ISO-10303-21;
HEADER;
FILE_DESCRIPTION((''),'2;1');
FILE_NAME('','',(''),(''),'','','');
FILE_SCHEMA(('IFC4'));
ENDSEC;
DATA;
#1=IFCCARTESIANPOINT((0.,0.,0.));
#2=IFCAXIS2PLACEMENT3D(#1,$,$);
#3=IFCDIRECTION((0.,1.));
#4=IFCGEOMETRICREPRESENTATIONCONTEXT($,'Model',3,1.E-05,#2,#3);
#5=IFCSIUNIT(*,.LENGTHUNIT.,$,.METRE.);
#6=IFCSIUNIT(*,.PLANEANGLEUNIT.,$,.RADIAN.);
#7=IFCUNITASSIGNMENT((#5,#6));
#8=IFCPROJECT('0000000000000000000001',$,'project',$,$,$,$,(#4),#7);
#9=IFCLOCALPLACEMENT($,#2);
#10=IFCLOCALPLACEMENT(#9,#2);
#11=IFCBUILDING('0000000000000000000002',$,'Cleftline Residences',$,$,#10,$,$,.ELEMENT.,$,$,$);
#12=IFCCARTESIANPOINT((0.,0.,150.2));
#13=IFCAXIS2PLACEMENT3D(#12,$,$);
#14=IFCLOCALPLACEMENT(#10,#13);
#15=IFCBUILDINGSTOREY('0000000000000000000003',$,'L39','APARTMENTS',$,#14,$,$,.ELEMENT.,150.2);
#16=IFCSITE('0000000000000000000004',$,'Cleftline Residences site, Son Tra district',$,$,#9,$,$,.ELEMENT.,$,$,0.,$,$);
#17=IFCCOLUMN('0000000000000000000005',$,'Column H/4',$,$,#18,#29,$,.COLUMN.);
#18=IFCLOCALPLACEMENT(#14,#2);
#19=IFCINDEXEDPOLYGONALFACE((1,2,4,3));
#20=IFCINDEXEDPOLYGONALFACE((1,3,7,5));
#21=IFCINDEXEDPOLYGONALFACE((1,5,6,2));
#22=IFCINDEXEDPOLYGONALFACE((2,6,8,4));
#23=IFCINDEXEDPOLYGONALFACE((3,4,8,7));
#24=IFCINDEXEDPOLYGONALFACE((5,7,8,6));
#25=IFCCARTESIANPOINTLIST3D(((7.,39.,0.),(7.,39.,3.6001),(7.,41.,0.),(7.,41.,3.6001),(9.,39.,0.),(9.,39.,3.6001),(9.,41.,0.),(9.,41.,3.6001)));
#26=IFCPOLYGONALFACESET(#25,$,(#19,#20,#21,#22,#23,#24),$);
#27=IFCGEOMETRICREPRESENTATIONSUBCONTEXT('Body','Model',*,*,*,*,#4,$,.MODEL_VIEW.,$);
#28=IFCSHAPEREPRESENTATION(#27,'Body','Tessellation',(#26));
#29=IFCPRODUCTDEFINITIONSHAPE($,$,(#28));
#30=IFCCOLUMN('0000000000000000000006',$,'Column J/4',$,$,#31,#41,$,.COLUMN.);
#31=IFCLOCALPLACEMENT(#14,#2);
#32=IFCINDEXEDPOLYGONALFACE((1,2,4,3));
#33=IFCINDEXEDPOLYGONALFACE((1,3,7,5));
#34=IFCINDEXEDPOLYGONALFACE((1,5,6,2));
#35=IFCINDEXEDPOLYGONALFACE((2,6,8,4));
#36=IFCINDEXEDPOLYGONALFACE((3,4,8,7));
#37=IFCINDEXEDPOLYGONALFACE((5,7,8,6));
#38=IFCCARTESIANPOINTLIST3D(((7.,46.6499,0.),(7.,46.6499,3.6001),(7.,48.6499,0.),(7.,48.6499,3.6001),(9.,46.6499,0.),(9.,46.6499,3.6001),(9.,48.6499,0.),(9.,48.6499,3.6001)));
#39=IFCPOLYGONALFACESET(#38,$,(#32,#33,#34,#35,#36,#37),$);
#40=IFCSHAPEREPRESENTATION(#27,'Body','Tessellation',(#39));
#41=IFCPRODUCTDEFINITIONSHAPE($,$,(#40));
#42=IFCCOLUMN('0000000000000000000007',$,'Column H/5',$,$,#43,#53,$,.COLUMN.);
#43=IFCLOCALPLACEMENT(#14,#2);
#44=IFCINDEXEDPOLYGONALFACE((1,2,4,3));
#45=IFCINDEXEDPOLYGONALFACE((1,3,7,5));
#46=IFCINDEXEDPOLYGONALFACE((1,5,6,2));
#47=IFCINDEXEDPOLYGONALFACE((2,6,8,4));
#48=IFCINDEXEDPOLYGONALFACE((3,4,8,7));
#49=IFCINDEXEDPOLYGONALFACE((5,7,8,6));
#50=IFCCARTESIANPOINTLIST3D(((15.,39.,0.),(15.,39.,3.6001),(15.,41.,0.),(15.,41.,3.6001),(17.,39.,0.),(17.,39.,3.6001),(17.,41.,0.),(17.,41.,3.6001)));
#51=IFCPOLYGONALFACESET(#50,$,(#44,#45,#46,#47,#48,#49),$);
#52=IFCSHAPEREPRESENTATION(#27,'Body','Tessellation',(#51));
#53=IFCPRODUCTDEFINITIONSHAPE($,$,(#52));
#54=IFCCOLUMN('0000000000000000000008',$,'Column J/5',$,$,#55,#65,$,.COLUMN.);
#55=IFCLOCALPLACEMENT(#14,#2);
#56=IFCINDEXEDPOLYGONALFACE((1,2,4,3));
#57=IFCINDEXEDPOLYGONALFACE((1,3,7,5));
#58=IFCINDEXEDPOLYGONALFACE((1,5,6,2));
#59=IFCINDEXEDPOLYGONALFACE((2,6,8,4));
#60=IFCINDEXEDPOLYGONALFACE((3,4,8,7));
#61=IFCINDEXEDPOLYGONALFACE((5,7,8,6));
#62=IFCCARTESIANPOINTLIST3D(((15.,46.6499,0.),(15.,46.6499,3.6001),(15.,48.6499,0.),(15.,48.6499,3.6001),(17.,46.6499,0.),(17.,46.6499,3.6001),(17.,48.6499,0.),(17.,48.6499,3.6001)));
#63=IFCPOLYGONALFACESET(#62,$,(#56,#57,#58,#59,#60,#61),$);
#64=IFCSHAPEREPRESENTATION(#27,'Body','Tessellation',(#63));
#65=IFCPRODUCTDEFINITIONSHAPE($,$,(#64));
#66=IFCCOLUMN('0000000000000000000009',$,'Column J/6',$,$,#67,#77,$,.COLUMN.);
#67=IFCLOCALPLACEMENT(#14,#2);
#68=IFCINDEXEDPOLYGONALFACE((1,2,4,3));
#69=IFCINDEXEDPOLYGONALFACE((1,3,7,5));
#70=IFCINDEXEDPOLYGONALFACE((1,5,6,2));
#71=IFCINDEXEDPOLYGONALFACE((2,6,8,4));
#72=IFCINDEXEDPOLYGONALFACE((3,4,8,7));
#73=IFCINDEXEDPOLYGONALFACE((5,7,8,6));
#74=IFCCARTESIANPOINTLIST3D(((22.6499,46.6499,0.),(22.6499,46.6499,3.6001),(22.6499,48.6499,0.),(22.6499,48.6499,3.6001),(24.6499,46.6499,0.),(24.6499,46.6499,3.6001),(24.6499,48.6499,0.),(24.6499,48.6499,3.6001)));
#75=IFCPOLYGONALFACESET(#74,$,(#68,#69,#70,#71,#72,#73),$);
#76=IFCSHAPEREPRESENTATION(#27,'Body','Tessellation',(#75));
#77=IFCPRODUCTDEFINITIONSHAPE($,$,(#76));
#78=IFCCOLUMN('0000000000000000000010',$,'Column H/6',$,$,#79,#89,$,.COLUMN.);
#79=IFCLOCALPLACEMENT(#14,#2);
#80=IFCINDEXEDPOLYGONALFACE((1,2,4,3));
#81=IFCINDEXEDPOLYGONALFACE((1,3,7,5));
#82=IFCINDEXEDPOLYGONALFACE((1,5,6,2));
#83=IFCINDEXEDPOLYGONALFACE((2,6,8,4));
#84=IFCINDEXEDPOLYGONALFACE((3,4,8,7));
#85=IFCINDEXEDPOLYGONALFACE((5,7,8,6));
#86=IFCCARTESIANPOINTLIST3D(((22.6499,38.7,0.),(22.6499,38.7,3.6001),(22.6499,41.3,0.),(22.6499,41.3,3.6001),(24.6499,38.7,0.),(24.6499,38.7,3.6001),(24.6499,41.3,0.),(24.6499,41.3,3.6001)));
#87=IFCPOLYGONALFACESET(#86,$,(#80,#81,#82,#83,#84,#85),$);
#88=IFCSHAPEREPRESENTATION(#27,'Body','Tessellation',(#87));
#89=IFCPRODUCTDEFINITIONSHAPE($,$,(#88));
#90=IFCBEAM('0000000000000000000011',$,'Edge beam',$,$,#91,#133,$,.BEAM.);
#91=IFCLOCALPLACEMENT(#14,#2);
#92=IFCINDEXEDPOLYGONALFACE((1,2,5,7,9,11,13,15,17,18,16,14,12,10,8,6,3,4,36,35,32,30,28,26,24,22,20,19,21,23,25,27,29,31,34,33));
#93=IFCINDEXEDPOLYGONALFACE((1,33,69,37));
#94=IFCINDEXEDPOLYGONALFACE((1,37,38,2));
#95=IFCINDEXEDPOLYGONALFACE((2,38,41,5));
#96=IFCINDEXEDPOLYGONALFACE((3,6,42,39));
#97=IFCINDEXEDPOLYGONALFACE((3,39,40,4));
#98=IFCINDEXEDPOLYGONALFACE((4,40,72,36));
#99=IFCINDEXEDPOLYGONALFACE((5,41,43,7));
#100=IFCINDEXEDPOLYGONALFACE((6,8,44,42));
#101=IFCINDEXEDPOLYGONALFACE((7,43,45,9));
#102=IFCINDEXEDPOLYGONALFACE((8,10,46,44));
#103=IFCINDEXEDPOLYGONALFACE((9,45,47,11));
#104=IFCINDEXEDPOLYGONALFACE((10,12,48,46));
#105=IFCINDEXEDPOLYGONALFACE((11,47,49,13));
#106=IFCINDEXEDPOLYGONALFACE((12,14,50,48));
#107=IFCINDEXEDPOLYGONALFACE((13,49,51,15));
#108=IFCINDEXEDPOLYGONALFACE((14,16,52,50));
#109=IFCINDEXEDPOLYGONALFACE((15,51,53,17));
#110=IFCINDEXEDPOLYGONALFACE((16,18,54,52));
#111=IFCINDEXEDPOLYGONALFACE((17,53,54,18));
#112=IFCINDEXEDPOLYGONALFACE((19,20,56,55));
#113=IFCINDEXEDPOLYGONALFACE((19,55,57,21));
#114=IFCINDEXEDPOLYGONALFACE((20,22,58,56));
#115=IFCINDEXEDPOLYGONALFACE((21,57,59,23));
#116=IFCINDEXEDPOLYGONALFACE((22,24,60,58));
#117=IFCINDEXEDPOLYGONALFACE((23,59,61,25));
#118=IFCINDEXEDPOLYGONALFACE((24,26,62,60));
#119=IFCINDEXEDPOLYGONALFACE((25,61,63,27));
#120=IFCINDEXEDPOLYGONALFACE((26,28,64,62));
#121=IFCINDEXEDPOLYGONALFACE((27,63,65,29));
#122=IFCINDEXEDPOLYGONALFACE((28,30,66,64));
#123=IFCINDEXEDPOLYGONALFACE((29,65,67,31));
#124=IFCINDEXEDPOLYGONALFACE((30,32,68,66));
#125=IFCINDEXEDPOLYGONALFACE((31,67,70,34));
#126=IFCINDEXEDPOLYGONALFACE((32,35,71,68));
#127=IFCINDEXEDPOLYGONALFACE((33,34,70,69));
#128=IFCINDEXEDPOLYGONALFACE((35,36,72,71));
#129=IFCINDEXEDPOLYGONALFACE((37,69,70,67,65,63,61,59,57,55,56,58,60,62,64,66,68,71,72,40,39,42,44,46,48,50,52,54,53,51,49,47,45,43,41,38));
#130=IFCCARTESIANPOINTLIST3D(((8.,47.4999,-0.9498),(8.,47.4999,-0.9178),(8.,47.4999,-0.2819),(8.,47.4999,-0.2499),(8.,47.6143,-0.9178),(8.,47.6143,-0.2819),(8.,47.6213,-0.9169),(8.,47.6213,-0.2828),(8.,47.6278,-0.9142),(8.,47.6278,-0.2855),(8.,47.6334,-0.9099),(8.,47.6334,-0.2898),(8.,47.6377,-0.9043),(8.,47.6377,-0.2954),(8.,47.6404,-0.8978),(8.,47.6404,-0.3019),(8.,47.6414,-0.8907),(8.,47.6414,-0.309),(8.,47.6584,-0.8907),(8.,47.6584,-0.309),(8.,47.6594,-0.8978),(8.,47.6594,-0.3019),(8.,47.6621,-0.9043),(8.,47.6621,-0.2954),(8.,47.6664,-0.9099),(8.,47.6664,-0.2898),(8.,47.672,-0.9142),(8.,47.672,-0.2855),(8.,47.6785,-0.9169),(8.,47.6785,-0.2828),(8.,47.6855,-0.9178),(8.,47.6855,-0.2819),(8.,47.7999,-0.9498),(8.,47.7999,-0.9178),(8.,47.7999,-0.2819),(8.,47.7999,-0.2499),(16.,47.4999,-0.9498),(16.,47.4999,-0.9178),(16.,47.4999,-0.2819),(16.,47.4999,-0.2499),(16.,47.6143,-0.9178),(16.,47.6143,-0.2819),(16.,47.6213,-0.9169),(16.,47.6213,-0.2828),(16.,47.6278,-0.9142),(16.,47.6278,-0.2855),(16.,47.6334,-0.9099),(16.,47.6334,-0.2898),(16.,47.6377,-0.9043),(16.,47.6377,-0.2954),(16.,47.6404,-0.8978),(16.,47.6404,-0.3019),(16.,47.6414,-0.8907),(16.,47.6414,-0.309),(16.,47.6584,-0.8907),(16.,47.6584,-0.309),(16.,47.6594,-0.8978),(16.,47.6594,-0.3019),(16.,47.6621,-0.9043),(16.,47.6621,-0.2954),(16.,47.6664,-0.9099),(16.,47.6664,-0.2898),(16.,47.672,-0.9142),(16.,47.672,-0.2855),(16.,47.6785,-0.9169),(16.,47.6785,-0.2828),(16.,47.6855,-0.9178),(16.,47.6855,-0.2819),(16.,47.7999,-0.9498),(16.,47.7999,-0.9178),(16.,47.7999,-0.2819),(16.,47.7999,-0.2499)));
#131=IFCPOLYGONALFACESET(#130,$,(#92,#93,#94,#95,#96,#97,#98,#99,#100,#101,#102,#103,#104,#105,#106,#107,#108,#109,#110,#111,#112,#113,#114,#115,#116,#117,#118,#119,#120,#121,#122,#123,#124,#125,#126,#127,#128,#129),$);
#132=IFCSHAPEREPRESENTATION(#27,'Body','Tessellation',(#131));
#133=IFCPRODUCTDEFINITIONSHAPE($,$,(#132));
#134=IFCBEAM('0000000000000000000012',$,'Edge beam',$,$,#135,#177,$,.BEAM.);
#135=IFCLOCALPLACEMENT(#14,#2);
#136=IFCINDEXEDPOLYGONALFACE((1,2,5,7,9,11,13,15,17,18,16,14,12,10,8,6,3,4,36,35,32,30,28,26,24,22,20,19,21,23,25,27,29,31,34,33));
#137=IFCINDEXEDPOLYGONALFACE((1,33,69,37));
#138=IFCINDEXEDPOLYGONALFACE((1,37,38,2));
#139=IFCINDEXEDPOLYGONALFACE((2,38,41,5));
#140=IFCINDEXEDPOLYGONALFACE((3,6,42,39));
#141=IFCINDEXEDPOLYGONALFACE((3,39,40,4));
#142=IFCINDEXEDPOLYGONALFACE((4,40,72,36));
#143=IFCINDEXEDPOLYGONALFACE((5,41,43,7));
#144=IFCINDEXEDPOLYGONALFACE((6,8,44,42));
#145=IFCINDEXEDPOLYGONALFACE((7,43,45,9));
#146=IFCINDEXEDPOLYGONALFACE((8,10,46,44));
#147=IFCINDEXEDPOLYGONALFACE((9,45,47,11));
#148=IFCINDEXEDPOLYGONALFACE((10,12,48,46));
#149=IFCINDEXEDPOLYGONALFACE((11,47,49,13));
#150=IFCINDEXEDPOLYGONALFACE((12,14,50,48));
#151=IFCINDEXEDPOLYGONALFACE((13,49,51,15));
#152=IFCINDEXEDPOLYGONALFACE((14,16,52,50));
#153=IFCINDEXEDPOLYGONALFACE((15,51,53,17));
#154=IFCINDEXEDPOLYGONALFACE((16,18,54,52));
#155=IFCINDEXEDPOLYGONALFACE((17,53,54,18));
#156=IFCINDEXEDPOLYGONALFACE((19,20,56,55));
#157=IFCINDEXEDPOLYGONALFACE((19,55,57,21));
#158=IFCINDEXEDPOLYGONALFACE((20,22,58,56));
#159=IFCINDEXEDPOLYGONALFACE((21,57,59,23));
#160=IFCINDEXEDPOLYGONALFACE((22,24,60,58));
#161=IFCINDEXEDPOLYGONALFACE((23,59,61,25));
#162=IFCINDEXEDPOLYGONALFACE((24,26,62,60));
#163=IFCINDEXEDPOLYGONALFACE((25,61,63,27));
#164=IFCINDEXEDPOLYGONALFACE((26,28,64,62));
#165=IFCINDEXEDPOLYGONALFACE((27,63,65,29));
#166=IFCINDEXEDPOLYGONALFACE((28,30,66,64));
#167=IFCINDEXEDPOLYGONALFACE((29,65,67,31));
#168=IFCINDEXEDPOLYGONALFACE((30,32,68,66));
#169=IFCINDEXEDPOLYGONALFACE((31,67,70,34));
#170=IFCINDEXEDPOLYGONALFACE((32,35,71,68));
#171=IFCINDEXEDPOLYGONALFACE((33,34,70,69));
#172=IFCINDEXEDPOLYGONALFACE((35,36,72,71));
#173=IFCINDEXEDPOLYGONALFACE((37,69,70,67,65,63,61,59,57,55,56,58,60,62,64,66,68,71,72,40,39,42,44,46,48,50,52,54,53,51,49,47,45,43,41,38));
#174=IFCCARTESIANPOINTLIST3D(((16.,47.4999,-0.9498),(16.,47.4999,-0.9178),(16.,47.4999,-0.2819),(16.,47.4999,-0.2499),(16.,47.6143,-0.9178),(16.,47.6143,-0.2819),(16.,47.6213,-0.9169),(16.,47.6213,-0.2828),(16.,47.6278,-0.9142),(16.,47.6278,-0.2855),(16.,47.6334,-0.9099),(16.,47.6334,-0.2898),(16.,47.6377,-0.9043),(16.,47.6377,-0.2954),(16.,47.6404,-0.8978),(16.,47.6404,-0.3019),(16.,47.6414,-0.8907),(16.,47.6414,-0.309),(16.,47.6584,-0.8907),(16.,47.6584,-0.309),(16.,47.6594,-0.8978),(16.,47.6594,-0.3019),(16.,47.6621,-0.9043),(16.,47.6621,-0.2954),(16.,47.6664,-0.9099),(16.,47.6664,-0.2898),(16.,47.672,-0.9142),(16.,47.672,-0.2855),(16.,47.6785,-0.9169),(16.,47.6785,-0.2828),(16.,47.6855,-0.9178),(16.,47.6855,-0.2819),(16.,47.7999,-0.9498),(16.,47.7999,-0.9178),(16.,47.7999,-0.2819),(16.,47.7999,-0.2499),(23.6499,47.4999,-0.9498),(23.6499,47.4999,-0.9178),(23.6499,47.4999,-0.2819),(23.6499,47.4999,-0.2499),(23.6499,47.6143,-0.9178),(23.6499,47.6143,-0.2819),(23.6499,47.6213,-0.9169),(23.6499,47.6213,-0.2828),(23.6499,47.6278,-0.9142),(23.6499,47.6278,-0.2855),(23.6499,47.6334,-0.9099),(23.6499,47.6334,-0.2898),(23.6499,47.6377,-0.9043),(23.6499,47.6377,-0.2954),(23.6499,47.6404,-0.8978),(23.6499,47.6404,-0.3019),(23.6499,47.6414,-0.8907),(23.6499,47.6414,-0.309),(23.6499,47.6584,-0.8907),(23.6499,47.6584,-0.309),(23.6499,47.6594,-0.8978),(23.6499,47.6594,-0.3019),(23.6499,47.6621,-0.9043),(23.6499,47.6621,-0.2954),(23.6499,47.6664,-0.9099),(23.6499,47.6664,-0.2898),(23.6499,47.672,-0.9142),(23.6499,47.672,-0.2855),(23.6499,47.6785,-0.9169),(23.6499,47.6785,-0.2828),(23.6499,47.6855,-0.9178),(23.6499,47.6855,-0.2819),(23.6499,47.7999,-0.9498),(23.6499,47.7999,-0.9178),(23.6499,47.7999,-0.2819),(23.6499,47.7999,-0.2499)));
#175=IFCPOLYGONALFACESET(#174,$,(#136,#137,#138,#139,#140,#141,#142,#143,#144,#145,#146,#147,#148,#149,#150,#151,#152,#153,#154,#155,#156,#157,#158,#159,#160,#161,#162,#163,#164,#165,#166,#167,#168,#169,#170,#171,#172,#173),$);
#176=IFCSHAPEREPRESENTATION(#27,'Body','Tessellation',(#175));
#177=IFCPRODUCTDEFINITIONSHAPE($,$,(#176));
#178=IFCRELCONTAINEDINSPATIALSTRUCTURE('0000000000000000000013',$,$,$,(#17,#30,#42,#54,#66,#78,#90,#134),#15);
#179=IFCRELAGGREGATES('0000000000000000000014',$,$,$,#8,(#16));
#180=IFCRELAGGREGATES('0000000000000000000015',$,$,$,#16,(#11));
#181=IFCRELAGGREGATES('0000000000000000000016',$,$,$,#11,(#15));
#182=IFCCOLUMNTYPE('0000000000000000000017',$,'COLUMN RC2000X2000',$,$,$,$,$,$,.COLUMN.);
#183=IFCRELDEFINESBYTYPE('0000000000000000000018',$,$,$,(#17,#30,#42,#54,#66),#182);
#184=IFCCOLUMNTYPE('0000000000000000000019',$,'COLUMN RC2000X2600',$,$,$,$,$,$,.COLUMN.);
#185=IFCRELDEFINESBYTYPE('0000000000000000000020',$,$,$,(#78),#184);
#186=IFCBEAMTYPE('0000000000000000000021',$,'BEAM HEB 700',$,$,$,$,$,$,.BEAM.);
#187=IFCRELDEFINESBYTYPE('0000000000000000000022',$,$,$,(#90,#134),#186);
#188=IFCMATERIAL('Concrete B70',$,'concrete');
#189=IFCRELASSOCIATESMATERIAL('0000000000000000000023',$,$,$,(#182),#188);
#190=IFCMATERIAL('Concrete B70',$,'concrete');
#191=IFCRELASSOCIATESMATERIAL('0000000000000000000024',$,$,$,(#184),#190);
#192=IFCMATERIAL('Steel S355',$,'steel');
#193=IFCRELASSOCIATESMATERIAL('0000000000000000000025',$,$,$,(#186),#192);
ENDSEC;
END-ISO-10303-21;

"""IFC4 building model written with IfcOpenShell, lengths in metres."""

from ifc_helpers import new_model, si_unit, direction, frame, origin, origin_2d, place, context, subcontext, project, spatial, rectangle, i_section, extrude, material, material_profile, profile_set, type_object, element, save


model = new_model("IFC4")

# Units and contexts
model_context = context("Model", 3, precision=1e-05, world=origin(), true_north=direction((0.0, 1.0)))
body_context = subcontext(model_context, "Body", "Model", "MODEL_VIEW")
ifc_project = project(units=[si_unit("LENGTHUNIT", "METRE"), si_unit("PLANEANGLEUNIT", "RADIAN")], contexts=[model_context])

# Site, building, storey
site_placement = place(None, origin())
site = spatial("IfcSite", under=ifc_project, at=site_placement, Name="Cleftline Residences site, Son Tra district", CompositionType="ELEMENT", RefElevation=0.0)
building_placement = place(site_placement, origin())
building = spatial("IfcBuilding", under=site, at=building_placement, Name="Cleftline Residences", CompositionType="ELEMENT")
storey_placement = place(building_placement, frame((0.0, 0.0, 150.2)))
storey = spatial("IfcBuildingStorey", under=building, at=storey_placement, Name="L39", Description="APARTMENTS", CompositionType="ELEMENT", Elevation=150.2)

# Columns
ifc_material_1 = material(Name="Concrete B70", Category="concrete")
ifc_material_profile_1 = material_profile(ifc_material_1, rectangle(XDim=2.0, YDim=2.0, at=origin_2d()))
ifc_profile_set_1 = profile_set([ifc_material_profile_1], Name="Concrete B70")
column_type_1 = type_object("IfcColumnType", Name="COLUMN RC2000X2000", PredefinedType="COLUMN", material=ifc_profile_set_1)
for number, where, z_axis, x_axis, name in (
    (1, (8.0, 40.0, 0.0), (0.0, 0.0, 1.0), (1.0, 0.0, 0.0), "Column H/4"),
    (2, (8.0, 47.6499, 0.0), (0.0, 0.0, 1.0), (1.0, 0.0, 0.0), "Column J/4"),
    (3, (16.0, 40.0, 0.0), (0.0, 0.0, 1.0), (1.0, 0.0, 0.0), "Column H/5"),
    (4, (16.0, 47.6499, 0.0), (0.0, 0.0, 1.0), (1.0, 0.0, 0.0), "Column J/5"),
    (5, (23.6499, 47.6499, 0.0), (0.0, 0.0, 1.0), (1.0, 0.0, 0.0), "Column J/6"),
):
    element("IfcColumn", number, at=place(storey_placement, frame(where, z_axis=z_axis, x_axis=x_axis)), inside=storey, type_object=column_type_1, Name=name, PredefinedType="COLUMN", context=body_context, shape_type="SweptSolid", body=[
        extrude(rectangle(XDim=2.0, YDim=2.0, at=origin_2d()), origin(), (0.0, 0.0, 1.0), 3.6001),
    ])
ifc_material_2 = material(Name="Concrete B70", Category="concrete")
ifc_material_profile_2 = material_profile(ifc_material_2, rectangle(XDim=2.0, YDim=2.6001, at=origin_2d()))
ifc_profile_set_2 = profile_set([ifc_material_profile_2], Name="Concrete B70")
column_type_2 = type_object("IfcColumnType", Name="COLUMN RC2000X2600", PredefinedType="COLUMN", material=ifc_profile_set_2)
column_placement = place(storey_placement, frame((23.6499, 40.0, 0.0), z_axis=(0.0, 0.0, 1.0), x_axis=(1.0, 0.0, 0.0)))
element("IfcColumn", 6, at=column_placement, inside=storey, type_object=column_type_2, Name="Column H/6", PredefinedType="COLUMN", context=body_context, shape_type="SweptSolid", body=[
    extrude(rectangle(XDim=2.0, YDim=2.6001, at=origin_2d()), origin(), (0.0, 0.0, 1.0), 3.6001),
])

# Beams
ifc_material_3 = material(Name="Steel S355", Category="steel")
ifc_material_profile_3 = material_profile(ifc_material_3, i_section(OverallWidth=0.3, OverallDepth=0.7, WebThickness=0.0171, FlangeThickness=0.032, FilletRadius=0.0271, at=origin_2d()))
ifc_profile_set_3 = profile_set([ifc_material_profile_3], Name="Steel S355")
beam_type = type_object("IfcBeamType", Name="BEAM HEB 700", PredefinedType="BEAM", material=ifc_profile_set_3)
beam_placement = place(storey_placement, frame((8.0, 47.6499, -0.5999), z_axis=(1.0, 0.0, 0.0), x_axis=(0.0, 1.0, 0.0)))
element("IfcBeam", 7, at=beam_placement, inside=storey, type_object=beam_type, Name="Edge beam", PredefinedType="BEAM", context=body_context, shape_type="SweptSolid", body=[
    extrude(i_section(OverallWidth=0.3, OverallDepth=0.7, WebThickness=0.0171, FlangeThickness=0.032, FilletRadius=0.0271, at=origin_2d()), origin(), (0.0, 0.0, 1.0), 8.0),
])
for number, where, z_axis, x_axis, name in (
    (8, (16.0, 47.6499, -0.5999), (1.0, 0.0, 0.0), (0.0, 1.0, 0.0), "Edge beam"),
):
    element("IfcBeam", number, at=place(storey_placement, frame(where, z_axis=z_axis, x_axis=x_axis)), inside=storey, type_object=beam_type, Name=name, PredefinedType="BEAM", context=body_context, shape_type="SweptSolid", body=[
        extrude(i_section(OverallWidth=0.3, OverallDepth=0.7, WebThickness=0.0171, FlangeThickness=0.032, FilletRadius=0.0271, at=origin_2d()), origin(), (0.0, 0.0, 1.0), 7.6499),
    ])

save(model, "model.ifc")
